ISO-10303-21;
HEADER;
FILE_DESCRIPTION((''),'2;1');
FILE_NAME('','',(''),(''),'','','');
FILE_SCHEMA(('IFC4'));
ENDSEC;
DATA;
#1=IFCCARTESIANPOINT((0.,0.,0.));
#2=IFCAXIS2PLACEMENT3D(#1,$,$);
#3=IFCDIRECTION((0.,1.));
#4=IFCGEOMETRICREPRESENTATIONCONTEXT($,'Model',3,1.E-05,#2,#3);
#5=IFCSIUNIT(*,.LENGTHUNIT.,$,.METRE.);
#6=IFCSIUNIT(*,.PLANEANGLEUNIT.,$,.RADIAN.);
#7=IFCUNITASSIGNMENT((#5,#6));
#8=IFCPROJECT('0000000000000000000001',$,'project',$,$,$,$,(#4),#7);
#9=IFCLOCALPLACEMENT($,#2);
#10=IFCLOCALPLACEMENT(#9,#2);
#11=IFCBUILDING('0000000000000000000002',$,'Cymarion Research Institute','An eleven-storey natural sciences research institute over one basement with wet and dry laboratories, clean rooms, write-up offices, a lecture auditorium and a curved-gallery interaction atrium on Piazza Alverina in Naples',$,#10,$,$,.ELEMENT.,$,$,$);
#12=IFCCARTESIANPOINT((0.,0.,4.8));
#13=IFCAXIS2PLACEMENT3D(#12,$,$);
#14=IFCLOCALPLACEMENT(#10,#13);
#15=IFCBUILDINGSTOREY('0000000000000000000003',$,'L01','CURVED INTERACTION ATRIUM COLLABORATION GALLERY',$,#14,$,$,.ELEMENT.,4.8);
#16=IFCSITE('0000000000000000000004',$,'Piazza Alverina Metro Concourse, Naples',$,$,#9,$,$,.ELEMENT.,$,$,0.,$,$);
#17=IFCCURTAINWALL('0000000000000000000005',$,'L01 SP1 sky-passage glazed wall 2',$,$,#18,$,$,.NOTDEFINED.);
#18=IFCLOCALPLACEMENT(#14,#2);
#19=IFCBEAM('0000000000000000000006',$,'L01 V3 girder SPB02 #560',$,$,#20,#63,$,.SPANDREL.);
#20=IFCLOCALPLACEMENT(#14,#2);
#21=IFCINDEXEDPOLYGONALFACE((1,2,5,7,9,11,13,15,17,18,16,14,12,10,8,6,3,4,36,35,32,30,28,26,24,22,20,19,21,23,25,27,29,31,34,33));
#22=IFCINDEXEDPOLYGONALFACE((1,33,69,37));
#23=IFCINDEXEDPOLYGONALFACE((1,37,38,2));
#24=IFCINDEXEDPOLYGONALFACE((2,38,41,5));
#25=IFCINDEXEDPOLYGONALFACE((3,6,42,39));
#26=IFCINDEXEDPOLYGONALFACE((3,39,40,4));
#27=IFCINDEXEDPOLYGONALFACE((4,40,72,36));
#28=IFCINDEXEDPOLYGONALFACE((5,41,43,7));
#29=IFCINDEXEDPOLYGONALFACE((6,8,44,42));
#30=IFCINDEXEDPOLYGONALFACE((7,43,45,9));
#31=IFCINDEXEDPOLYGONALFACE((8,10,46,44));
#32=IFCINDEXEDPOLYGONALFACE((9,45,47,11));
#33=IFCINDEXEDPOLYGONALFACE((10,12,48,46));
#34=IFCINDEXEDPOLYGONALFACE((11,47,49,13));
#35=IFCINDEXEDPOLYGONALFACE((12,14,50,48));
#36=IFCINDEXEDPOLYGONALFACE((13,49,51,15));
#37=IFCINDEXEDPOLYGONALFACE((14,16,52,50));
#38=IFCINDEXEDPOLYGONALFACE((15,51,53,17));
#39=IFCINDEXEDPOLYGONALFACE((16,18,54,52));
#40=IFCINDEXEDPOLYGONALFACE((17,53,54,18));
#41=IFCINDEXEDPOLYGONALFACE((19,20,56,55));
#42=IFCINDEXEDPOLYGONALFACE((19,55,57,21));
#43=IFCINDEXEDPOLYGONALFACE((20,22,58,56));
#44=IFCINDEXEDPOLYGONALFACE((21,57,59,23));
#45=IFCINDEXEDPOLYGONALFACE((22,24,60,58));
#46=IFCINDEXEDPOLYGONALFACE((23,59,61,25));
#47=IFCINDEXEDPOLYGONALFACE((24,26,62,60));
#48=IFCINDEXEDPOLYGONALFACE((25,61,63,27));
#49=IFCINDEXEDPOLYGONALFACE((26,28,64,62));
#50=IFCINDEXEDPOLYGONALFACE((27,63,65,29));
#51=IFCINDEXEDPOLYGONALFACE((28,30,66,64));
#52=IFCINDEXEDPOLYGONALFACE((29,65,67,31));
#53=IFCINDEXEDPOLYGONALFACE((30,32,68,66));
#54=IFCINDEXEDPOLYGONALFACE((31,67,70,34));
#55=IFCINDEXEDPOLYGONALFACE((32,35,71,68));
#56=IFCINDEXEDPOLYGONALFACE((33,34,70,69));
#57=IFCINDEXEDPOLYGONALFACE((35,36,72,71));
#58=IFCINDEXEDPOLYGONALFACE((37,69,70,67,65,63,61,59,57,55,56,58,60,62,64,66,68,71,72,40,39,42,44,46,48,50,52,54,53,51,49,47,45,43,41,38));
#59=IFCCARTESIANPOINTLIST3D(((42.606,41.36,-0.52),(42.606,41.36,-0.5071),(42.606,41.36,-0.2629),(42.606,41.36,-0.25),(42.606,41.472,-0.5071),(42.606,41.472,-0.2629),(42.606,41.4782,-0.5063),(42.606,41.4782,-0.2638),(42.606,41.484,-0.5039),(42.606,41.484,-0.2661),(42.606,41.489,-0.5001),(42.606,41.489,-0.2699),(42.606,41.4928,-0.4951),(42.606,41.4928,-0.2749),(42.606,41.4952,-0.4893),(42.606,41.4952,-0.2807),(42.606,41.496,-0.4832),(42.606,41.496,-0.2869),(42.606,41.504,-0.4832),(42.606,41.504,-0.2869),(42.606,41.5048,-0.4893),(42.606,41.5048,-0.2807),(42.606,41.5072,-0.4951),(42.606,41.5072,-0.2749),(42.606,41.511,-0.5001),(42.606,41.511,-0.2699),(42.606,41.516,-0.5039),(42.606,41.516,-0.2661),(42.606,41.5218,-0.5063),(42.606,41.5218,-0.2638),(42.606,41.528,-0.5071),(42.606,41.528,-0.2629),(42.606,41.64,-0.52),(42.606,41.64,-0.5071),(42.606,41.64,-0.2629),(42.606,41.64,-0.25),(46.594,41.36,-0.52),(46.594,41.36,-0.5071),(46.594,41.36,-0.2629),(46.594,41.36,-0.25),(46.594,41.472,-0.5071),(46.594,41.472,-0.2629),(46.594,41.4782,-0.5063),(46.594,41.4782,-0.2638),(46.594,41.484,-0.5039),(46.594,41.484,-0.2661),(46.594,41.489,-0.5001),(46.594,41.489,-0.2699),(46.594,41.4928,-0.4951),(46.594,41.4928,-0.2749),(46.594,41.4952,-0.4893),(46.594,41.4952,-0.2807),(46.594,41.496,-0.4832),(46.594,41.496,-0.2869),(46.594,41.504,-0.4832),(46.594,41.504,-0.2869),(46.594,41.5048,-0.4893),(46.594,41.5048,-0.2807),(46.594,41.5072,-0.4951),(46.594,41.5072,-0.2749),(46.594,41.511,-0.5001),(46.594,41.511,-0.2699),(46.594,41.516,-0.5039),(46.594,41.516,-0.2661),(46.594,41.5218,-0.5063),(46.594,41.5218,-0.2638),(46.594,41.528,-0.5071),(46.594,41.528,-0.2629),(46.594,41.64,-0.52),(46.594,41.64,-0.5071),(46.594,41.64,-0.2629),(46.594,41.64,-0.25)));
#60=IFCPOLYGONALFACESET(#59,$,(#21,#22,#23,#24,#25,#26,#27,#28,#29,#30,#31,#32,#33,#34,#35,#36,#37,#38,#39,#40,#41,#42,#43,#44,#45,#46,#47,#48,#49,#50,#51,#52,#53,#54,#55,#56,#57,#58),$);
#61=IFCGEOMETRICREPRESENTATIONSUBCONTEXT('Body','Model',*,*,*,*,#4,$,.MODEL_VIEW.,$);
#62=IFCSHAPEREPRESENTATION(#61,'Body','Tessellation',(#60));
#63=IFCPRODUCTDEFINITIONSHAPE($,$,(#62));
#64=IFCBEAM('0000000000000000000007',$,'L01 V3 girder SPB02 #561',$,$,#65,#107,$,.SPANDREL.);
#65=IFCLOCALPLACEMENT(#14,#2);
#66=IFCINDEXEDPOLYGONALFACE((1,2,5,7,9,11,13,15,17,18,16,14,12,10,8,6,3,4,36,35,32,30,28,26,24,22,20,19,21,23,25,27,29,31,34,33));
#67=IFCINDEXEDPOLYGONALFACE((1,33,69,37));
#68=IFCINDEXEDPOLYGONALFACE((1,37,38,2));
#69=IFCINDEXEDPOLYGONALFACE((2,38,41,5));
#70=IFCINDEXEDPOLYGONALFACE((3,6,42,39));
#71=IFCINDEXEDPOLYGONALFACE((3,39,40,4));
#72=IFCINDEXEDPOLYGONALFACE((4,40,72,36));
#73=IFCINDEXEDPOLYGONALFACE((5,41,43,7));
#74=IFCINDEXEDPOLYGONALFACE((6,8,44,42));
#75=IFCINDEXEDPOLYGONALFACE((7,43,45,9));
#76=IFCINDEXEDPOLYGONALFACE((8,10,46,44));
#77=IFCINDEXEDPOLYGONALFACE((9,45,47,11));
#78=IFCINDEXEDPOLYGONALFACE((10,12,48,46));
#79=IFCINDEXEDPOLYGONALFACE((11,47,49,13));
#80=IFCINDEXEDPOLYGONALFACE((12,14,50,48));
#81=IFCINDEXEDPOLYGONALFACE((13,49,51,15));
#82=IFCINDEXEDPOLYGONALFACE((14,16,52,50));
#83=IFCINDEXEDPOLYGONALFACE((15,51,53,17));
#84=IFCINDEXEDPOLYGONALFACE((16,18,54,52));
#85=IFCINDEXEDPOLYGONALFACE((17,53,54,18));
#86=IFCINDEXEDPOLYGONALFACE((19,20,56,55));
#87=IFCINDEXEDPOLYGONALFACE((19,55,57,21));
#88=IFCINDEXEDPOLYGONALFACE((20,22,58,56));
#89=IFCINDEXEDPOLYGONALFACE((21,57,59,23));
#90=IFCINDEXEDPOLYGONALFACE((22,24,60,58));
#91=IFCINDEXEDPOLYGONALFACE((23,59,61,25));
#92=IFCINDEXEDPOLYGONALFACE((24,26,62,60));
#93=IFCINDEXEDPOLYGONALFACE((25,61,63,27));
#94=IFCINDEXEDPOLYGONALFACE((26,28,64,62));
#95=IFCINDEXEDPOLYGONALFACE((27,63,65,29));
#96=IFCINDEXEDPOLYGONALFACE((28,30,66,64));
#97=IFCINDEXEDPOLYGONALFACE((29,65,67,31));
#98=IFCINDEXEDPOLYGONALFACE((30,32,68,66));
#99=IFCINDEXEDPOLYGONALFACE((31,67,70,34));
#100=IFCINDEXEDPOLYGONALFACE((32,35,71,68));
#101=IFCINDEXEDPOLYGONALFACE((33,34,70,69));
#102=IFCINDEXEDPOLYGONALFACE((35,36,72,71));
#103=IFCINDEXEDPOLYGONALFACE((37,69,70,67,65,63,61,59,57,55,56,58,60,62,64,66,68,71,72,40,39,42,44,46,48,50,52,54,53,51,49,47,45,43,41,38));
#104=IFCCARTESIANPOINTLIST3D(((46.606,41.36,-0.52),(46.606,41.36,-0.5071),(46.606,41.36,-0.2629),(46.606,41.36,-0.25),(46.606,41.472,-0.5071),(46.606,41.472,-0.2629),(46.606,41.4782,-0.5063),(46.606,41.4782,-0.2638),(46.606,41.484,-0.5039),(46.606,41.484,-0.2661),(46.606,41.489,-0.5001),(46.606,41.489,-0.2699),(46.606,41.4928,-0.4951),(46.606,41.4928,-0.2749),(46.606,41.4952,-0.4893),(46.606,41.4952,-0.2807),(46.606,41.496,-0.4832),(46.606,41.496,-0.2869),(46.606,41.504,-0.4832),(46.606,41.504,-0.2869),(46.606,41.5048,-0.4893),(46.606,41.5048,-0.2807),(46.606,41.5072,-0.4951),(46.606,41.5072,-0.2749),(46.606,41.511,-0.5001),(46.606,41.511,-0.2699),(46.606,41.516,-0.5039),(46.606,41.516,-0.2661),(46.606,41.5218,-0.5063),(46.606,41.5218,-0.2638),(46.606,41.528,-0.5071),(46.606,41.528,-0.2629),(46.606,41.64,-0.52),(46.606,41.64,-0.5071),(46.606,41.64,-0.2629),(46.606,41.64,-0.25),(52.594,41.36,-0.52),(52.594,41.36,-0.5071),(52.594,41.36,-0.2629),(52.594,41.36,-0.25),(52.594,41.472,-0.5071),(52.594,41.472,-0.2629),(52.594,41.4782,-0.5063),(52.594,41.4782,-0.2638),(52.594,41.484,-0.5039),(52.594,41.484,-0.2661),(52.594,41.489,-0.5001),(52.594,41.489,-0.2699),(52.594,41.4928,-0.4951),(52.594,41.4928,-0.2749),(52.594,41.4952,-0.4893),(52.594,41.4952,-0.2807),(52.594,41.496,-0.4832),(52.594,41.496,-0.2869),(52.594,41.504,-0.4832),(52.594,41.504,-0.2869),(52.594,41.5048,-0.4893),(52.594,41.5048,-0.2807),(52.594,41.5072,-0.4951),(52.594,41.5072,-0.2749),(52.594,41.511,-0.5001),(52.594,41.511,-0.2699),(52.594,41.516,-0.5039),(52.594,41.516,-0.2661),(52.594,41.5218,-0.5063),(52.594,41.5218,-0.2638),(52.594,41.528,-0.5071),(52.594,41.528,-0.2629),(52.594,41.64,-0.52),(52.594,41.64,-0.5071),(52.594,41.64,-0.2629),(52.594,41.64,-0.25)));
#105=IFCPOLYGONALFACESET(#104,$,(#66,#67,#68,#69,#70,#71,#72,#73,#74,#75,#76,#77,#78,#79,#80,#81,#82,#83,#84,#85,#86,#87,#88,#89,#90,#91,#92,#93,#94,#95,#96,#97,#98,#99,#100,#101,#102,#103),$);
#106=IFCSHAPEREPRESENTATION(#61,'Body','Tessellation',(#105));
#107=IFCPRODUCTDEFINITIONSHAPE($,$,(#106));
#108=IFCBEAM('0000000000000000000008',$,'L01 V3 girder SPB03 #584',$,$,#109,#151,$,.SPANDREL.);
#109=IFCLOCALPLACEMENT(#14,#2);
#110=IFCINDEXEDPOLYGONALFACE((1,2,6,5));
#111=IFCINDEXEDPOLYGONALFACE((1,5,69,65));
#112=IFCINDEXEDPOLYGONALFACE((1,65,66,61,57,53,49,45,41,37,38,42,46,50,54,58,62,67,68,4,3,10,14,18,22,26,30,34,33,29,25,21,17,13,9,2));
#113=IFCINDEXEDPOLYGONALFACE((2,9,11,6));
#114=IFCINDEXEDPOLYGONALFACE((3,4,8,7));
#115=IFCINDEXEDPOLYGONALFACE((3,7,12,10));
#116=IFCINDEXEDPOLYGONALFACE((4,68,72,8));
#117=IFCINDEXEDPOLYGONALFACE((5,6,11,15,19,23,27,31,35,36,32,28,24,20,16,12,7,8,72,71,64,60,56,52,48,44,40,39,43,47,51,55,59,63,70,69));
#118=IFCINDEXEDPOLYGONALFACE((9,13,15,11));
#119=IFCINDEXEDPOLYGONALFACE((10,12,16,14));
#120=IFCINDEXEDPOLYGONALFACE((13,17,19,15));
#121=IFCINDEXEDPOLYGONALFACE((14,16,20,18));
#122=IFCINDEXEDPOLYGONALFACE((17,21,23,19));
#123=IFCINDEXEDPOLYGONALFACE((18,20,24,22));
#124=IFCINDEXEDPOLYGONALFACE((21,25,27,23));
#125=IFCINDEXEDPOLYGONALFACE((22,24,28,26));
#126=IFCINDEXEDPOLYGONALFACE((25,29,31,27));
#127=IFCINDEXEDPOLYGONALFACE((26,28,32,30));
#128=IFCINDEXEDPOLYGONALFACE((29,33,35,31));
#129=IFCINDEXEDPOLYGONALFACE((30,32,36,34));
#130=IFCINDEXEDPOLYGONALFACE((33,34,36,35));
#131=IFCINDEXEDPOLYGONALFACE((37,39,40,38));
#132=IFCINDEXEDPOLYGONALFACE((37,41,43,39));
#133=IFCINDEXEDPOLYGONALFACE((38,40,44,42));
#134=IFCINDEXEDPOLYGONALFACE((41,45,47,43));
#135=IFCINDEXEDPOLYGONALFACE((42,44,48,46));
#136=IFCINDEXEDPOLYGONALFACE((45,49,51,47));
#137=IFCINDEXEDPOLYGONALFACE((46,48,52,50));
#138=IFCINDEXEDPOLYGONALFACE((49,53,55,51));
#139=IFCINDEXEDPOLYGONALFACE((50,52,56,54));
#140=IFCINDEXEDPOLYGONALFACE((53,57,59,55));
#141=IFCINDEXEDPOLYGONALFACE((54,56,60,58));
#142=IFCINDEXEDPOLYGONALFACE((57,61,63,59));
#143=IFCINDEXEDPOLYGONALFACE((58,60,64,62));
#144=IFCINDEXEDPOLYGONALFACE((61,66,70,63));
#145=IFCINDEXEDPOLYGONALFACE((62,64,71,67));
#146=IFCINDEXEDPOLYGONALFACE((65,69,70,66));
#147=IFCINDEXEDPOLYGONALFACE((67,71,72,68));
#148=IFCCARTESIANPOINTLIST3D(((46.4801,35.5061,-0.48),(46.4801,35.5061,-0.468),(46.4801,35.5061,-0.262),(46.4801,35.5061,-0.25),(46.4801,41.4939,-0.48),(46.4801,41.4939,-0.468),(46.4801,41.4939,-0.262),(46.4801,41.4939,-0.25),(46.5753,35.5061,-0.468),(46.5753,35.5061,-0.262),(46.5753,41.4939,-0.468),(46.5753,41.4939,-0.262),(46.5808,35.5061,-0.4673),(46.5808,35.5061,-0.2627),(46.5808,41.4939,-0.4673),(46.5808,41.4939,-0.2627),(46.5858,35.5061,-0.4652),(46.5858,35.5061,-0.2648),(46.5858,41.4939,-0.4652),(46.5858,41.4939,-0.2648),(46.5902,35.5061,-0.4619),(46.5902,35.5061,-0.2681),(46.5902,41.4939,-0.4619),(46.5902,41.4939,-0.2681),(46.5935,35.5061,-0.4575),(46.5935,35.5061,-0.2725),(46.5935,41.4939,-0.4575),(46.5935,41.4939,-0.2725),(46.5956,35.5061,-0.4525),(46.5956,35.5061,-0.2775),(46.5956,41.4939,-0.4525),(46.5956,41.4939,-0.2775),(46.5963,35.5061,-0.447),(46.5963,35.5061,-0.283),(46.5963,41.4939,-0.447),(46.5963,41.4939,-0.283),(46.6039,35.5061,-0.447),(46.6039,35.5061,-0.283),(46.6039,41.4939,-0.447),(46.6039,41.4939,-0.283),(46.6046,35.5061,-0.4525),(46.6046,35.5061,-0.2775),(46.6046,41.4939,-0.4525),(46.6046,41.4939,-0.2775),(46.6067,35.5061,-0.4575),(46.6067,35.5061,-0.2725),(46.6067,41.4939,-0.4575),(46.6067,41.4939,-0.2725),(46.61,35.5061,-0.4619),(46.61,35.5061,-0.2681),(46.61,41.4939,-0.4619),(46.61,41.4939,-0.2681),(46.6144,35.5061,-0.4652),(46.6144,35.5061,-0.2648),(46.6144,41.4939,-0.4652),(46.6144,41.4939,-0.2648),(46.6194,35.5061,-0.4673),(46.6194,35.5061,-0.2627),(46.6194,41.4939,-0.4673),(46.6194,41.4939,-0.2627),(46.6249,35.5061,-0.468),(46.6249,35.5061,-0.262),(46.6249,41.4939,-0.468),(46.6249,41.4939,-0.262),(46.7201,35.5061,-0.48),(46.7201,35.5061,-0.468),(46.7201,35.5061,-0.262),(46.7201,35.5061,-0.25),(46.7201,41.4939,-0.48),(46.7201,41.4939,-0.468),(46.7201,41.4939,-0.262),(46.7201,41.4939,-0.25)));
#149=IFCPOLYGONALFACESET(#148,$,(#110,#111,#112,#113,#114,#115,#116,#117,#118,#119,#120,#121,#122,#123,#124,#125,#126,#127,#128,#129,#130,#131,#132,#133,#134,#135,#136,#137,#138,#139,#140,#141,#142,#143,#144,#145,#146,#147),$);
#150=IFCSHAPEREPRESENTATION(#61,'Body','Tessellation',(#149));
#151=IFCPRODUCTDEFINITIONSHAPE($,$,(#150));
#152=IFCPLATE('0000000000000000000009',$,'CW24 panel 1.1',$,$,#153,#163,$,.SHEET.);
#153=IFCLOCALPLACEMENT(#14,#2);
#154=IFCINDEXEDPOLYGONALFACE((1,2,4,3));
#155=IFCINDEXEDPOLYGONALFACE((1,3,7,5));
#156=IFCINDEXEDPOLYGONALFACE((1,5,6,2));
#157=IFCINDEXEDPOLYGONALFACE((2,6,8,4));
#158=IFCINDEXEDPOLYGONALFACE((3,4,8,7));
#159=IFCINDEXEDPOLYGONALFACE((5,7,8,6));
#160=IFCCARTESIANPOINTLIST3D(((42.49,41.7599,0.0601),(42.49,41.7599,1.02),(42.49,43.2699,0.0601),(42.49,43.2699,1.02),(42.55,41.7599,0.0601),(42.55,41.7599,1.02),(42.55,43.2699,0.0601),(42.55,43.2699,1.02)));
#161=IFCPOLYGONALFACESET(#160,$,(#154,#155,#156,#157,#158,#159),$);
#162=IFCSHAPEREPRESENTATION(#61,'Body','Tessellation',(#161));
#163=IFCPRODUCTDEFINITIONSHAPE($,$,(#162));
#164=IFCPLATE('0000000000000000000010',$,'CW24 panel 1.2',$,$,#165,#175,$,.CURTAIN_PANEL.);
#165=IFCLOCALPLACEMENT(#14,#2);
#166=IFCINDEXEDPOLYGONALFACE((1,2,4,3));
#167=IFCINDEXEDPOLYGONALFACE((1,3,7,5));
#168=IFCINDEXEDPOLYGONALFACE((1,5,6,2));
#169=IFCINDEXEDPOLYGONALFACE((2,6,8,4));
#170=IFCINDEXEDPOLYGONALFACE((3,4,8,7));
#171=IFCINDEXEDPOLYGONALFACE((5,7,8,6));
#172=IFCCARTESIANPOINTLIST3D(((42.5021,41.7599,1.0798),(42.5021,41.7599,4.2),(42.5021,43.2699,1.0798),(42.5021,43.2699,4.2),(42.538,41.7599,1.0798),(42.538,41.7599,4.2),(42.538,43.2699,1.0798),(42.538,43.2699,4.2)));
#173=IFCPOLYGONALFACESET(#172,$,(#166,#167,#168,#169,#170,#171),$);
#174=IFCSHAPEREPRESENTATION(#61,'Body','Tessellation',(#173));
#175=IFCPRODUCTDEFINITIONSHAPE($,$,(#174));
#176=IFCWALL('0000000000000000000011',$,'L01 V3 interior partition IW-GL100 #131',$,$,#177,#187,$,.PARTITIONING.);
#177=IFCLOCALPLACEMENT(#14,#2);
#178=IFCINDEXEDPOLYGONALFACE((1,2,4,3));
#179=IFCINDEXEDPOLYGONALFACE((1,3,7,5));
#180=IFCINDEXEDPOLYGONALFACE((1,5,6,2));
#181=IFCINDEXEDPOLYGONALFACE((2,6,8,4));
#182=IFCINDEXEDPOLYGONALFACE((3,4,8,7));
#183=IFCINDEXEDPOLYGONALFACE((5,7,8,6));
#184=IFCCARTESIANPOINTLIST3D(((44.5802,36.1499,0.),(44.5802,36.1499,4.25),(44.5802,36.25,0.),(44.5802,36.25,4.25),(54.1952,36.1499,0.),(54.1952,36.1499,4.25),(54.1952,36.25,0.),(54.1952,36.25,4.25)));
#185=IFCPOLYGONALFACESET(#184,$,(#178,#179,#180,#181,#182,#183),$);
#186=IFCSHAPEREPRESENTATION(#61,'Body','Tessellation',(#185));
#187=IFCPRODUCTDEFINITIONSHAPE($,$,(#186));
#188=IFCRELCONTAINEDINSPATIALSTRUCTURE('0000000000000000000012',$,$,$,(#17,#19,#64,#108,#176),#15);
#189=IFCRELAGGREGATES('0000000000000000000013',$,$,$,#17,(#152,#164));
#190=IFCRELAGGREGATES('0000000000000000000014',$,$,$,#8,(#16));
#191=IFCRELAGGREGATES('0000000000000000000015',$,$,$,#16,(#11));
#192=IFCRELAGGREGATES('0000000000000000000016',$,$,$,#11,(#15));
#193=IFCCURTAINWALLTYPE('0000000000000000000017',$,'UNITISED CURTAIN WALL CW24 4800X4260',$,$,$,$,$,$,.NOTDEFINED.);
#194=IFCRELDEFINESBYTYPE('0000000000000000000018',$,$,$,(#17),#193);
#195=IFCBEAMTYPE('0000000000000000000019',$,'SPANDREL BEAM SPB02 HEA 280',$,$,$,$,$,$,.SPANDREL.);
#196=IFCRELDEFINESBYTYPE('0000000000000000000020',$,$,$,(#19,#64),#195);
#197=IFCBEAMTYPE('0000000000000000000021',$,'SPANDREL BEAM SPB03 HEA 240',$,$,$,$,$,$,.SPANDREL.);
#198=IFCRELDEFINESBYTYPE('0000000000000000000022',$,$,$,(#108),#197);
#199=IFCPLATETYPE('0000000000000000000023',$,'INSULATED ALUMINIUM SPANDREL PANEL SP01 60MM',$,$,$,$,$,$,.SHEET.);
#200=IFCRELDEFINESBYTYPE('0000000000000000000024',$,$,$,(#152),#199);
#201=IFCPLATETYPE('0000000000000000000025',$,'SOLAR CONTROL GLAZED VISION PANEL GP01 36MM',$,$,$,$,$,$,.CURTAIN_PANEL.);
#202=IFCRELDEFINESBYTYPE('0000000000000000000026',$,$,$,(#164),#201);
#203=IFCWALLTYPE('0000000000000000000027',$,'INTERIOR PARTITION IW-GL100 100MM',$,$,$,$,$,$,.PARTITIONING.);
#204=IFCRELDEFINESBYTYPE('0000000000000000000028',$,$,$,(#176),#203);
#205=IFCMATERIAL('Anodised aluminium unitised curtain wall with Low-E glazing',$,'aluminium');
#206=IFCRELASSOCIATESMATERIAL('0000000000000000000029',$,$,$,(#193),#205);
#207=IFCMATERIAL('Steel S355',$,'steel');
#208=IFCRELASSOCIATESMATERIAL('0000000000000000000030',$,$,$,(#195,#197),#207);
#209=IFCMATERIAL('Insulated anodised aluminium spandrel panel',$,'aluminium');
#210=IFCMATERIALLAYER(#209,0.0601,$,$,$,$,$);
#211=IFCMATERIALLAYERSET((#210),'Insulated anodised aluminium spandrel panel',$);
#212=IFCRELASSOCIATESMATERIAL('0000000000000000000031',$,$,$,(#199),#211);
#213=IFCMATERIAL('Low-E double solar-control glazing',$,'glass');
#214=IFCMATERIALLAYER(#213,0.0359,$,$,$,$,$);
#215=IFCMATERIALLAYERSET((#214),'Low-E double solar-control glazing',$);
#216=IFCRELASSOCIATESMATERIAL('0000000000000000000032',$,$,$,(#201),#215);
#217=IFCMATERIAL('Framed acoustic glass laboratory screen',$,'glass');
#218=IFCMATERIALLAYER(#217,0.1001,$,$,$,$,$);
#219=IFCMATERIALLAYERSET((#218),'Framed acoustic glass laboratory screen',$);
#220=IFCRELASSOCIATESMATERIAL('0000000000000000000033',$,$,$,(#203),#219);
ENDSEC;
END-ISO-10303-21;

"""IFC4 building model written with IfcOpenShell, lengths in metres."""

from ifc_helpers import new_model, si_unit, direction, frame, frame_2d, origin, origin_2d, place, context, subcontext, project, spatial, rectangle, i_section, extrude, material, layer, layer_set, material_profile, profile_set, type_object, element, aggregate, save


model = new_model("IFC4")

# Units and contexts
model_context = context("Model", 3, precision=1e-05, world=origin(), true_north=direction((0.0, 1.0)))
body_context = subcontext(model_context, "Body", "Model", "MODEL_VIEW")
ifc_project = project(units=[si_unit("LENGTHUNIT", "METRE"), si_unit("PLANEANGLEUNIT", "RADIAN")], contexts=[model_context])

# Site, building, storey
site_placement = place(None, origin())
site = spatial("IfcSite", under=ifc_project, at=site_placement, Name="Piazza Alverina Metro Concourse, Naples", CompositionType="ELEMENT", RefElevation=0.0)
building_placement = place(site_placement, origin())
building = spatial("IfcBuilding", under=site, at=building_placement, Name="Cymarion Research Institute", Description="An eleven-storey natural sciences research institute over one basement with wet and dry laboratories, clean rooms, write-up offices, a lecture auditorium and a curved-gallery interaction atrium on Piazza Alverina in Naples", CompositionType="ELEMENT")
storey_placement = place(building_placement, frame((0.0, 0.0, 4.8)))
storey = spatial("IfcBuildingStorey", under=building, at=storey_placement, Name="L01", Description="CURVED INTERACTION ATRIUM COLLABORATION GALLERY", CompositionType="ELEMENT", Elevation=4.8)

# Shared definitions
ifc_material_1 = material(Name="Steel S355", Category="steel")

# Curtain wall
ifc_material_2 = material(Name="Anodised aluminium unitised curtain wall with Low-E glazing", Category="aluminium")
curtain_wall_type = type_object("IfcCurtainWallType", Name="UNITISED CURTAIN WALL CW24 4800X4260", PredefinedType="NOTDEFINED", material=ifc_material_2)
curtain_wall_placement = place(storey_placement, origin())
curtain_wall = element("IfcCurtainWall", 1, at=curtain_wall_placement, inside=storey, type_object=curtain_wall_type, Name="L01 SP1 sky-passage glazed wall 2", PredefinedType="NOTDEFINED")

# Beams
ifc_material_profile_1 = material_profile(ifc_material_1, i_section(OverallWidth=0.28, OverallDepth=0.27, WebThickness=0.0081, FlangeThickness=0.0129, FilletRadius=0.0239, at=origin_2d()), Name="HEA 280")
ifc_profile_set_1 = profile_set([ifc_material_profile_1], Name="Steel S355")
beam_type_1 = type_object("IfcBeamType", Name="SPANDREL BEAM SPB02 HEA 280", PredefinedType="SPANDREL", material=ifc_profile_set_1)
beam_1_placement = place(storey_placement, frame((42.606, 41.5, -0.385), z_axis=(1.0, 0.0, 0.0), x_axis=(0.0, 1.0, 0.0)))
element("IfcBeam", 2, at=beam_1_placement, inside=storey, type_object=beam_type_1, Name="L01 V3 girder SPB02 #560", PredefinedType="SPANDREL", context=body_context, shape_type="SweptSolid", body=[
    extrude(i_section(OverallWidth=0.28, OverallDepth=0.27, WebThickness=0.0081, FlangeThickness=0.0129, FilletRadius=0.0239, at=origin_2d()), origin(), (0.0, 0.0, 1.0), 3.988),
])
beam_2_placement = place(storey_placement, frame((46.606, 41.5, -0.385), z_axis=(1.0, 0.0, 0.0), x_axis=(0.0, 1.0, 0.0)))
element("IfcBeam", 3, at=beam_2_placement, inside=storey, type_object=beam_type_1, Name="L01 V3 girder SPB02 #561", PredefinedType="SPANDREL", context=body_context, shape_type="SweptSolid", body=[
    extrude(i_section(OverallWidth=0.28, OverallDepth=0.27, WebThickness=0.0081, FlangeThickness=0.0129, FilletRadius=0.0239, at=origin_2d()), origin(), (0.0, 0.0, 1.0), 5.988),
])
ifc_material_profile_2 = material_profile(ifc_material_1, i_section(OverallWidth=0.24, OverallDepth=0.23, WebThickness=0.0076, FlangeThickness=0.012, FilletRadius=0.021, at=origin_2d()), Name="HEA 240")
ifc_profile_set_2 = profile_set([ifc_material_profile_2], Name="Steel S355")
beam_type_2 = type_object("IfcBeamType", Name="SPANDREL BEAM SPB03 HEA 240", PredefinedType="SPANDREL", material=ifc_profile_set_2)
beam_3_placement = place(storey_placement, frame((46.6001, 35.5061, -0.365), z_axis=(0.0, 1.0, 0.0), x_axis=(-1.0, 0.0, 0.0)))
element("IfcBeam", 4, at=beam_3_placement, inside=storey, type_object=beam_type_2, Name="L01 V3 girder SPB03 #584", PredefinedType="SPANDREL", context=body_context, shape_type="SweptSolid", body=[
    extrude(i_section(OverallWidth=0.24, OverallDepth=0.23, WebThickness=0.0076, FlangeThickness=0.012, FilletRadius=0.021, at=origin_2d()), origin(), (0.0, 0.0, 1.0), 5.9878),
])

# Plates
ifc_material_3 = material(Name="Insulated anodised aluminium spandrel panel", Category="aluminium")
ifc_layer_1 = layer(ifc_material_3, 0.0601)
ifc_layer_set_1 = layer_set([ifc_layer_1], Name="Insulated anodised aluminium spandrel panel")
plate_type_1 = type_object("IfcPlateType", Name="INSULATED ALUMINIUM SPANDREL PANEL SP01 60MM", PredefinedType="SHEET", material=ifc_layer_set_1)
plate_1_placement = place(storey_placement, frame((42.52, 42.5149, 0.0601), z_axis=(0.0, 0.0, 1.0), x_axis=(0.0, 1.0, 0.0)))
plate_1 = element("IfcPlate", 5, at=plate_1_placement, type_object=plate_type_1, Name="CW24 panel 1.1", PredefinedType="SHEET", context=body_context, shape_type="SweptSolid", body=[
    extrude(rectangle(XDim=1.51, YDim=0.0601, at=origin_2d()), origin(), (0.0, 0.0, 1.0), 0.96),
])
ifc_material_4 = material(Name="Low-E double solar-control glazing", Category="glass")
ifc_layer_2 = layer(ifc_material_4, 0.0359)
ifc_layer_set_2 = layer_set([ifc_layer_2], Name="Low-E double solar-control glazing")
plate_type_2 = type_object("IfcPlateType", Name="SOLAR CONTROL GLAZED VISION PANEL GP01 36MM", PredefinedType="CURTAIN_PANEL", material=ifc_layer_set_2)
plate_2_placement = place(storey_placement, frame((42.52, 42.5149, 1.0798), z_axis=(0.0, 0.0, 1.0), x_axis=(0.0, 1.0, 0.0)))
plate_2 = element("IfcPlate", 6, at=plate_2_placement, type_object=plate_type_2, Name="CW24 panel 1.2", PredefinedType="CURTAIN_PANEL", context=body_context, shape_type="SweptSolid", body=[
    extrude(rectangle(XDim=1.51, YDim=0.0359, at=origin_2d()), origin(), (0.0, 0.0, 1.0), 3.1201),
])
aggregate(curtain_wall, [plate_1, plate_2])

# Wall
ifc_material_5 = material(Name="Framed acoustic glass laboratory screen", Category="glass")
ifc_layer_3 = layer(ifc_material_5, 0.1001)
ifc_layer_set_3 = layer_set([ifc_layer_3], Name="Framed acoustic glass laboratory screen")
wall_type_1 = type_object("IfcWallType", Name="INTERIOR PARTITION IW-GL100 100MM", PredefinedType="PARTITIONING", material=ifc_layer_set_3)
wall_1_placement = place(storey_placement, frame((44.5801, 36.2, 0.0), z_axis=(0.0, 0.0, 1.0), x_axis=(1.0, 0.0, 0.0)))
element("IfcWall", 7, at=wall_1_placement, inside=storey, type_object=wall_type_1, Name="L01 V3 interior partition IW-GL100 #131", PredefinedType="PARTITIONING", context=body_context, shape_type="SweptSolid", body=[
    extrude(rectangle(XDim=9.615, YDim=0.1001, at=frame_2d((4.8076, 0.0))), origin(), (0.0, 0.0, 1.0), 4.25),
])

save(model, "model.ifc")
